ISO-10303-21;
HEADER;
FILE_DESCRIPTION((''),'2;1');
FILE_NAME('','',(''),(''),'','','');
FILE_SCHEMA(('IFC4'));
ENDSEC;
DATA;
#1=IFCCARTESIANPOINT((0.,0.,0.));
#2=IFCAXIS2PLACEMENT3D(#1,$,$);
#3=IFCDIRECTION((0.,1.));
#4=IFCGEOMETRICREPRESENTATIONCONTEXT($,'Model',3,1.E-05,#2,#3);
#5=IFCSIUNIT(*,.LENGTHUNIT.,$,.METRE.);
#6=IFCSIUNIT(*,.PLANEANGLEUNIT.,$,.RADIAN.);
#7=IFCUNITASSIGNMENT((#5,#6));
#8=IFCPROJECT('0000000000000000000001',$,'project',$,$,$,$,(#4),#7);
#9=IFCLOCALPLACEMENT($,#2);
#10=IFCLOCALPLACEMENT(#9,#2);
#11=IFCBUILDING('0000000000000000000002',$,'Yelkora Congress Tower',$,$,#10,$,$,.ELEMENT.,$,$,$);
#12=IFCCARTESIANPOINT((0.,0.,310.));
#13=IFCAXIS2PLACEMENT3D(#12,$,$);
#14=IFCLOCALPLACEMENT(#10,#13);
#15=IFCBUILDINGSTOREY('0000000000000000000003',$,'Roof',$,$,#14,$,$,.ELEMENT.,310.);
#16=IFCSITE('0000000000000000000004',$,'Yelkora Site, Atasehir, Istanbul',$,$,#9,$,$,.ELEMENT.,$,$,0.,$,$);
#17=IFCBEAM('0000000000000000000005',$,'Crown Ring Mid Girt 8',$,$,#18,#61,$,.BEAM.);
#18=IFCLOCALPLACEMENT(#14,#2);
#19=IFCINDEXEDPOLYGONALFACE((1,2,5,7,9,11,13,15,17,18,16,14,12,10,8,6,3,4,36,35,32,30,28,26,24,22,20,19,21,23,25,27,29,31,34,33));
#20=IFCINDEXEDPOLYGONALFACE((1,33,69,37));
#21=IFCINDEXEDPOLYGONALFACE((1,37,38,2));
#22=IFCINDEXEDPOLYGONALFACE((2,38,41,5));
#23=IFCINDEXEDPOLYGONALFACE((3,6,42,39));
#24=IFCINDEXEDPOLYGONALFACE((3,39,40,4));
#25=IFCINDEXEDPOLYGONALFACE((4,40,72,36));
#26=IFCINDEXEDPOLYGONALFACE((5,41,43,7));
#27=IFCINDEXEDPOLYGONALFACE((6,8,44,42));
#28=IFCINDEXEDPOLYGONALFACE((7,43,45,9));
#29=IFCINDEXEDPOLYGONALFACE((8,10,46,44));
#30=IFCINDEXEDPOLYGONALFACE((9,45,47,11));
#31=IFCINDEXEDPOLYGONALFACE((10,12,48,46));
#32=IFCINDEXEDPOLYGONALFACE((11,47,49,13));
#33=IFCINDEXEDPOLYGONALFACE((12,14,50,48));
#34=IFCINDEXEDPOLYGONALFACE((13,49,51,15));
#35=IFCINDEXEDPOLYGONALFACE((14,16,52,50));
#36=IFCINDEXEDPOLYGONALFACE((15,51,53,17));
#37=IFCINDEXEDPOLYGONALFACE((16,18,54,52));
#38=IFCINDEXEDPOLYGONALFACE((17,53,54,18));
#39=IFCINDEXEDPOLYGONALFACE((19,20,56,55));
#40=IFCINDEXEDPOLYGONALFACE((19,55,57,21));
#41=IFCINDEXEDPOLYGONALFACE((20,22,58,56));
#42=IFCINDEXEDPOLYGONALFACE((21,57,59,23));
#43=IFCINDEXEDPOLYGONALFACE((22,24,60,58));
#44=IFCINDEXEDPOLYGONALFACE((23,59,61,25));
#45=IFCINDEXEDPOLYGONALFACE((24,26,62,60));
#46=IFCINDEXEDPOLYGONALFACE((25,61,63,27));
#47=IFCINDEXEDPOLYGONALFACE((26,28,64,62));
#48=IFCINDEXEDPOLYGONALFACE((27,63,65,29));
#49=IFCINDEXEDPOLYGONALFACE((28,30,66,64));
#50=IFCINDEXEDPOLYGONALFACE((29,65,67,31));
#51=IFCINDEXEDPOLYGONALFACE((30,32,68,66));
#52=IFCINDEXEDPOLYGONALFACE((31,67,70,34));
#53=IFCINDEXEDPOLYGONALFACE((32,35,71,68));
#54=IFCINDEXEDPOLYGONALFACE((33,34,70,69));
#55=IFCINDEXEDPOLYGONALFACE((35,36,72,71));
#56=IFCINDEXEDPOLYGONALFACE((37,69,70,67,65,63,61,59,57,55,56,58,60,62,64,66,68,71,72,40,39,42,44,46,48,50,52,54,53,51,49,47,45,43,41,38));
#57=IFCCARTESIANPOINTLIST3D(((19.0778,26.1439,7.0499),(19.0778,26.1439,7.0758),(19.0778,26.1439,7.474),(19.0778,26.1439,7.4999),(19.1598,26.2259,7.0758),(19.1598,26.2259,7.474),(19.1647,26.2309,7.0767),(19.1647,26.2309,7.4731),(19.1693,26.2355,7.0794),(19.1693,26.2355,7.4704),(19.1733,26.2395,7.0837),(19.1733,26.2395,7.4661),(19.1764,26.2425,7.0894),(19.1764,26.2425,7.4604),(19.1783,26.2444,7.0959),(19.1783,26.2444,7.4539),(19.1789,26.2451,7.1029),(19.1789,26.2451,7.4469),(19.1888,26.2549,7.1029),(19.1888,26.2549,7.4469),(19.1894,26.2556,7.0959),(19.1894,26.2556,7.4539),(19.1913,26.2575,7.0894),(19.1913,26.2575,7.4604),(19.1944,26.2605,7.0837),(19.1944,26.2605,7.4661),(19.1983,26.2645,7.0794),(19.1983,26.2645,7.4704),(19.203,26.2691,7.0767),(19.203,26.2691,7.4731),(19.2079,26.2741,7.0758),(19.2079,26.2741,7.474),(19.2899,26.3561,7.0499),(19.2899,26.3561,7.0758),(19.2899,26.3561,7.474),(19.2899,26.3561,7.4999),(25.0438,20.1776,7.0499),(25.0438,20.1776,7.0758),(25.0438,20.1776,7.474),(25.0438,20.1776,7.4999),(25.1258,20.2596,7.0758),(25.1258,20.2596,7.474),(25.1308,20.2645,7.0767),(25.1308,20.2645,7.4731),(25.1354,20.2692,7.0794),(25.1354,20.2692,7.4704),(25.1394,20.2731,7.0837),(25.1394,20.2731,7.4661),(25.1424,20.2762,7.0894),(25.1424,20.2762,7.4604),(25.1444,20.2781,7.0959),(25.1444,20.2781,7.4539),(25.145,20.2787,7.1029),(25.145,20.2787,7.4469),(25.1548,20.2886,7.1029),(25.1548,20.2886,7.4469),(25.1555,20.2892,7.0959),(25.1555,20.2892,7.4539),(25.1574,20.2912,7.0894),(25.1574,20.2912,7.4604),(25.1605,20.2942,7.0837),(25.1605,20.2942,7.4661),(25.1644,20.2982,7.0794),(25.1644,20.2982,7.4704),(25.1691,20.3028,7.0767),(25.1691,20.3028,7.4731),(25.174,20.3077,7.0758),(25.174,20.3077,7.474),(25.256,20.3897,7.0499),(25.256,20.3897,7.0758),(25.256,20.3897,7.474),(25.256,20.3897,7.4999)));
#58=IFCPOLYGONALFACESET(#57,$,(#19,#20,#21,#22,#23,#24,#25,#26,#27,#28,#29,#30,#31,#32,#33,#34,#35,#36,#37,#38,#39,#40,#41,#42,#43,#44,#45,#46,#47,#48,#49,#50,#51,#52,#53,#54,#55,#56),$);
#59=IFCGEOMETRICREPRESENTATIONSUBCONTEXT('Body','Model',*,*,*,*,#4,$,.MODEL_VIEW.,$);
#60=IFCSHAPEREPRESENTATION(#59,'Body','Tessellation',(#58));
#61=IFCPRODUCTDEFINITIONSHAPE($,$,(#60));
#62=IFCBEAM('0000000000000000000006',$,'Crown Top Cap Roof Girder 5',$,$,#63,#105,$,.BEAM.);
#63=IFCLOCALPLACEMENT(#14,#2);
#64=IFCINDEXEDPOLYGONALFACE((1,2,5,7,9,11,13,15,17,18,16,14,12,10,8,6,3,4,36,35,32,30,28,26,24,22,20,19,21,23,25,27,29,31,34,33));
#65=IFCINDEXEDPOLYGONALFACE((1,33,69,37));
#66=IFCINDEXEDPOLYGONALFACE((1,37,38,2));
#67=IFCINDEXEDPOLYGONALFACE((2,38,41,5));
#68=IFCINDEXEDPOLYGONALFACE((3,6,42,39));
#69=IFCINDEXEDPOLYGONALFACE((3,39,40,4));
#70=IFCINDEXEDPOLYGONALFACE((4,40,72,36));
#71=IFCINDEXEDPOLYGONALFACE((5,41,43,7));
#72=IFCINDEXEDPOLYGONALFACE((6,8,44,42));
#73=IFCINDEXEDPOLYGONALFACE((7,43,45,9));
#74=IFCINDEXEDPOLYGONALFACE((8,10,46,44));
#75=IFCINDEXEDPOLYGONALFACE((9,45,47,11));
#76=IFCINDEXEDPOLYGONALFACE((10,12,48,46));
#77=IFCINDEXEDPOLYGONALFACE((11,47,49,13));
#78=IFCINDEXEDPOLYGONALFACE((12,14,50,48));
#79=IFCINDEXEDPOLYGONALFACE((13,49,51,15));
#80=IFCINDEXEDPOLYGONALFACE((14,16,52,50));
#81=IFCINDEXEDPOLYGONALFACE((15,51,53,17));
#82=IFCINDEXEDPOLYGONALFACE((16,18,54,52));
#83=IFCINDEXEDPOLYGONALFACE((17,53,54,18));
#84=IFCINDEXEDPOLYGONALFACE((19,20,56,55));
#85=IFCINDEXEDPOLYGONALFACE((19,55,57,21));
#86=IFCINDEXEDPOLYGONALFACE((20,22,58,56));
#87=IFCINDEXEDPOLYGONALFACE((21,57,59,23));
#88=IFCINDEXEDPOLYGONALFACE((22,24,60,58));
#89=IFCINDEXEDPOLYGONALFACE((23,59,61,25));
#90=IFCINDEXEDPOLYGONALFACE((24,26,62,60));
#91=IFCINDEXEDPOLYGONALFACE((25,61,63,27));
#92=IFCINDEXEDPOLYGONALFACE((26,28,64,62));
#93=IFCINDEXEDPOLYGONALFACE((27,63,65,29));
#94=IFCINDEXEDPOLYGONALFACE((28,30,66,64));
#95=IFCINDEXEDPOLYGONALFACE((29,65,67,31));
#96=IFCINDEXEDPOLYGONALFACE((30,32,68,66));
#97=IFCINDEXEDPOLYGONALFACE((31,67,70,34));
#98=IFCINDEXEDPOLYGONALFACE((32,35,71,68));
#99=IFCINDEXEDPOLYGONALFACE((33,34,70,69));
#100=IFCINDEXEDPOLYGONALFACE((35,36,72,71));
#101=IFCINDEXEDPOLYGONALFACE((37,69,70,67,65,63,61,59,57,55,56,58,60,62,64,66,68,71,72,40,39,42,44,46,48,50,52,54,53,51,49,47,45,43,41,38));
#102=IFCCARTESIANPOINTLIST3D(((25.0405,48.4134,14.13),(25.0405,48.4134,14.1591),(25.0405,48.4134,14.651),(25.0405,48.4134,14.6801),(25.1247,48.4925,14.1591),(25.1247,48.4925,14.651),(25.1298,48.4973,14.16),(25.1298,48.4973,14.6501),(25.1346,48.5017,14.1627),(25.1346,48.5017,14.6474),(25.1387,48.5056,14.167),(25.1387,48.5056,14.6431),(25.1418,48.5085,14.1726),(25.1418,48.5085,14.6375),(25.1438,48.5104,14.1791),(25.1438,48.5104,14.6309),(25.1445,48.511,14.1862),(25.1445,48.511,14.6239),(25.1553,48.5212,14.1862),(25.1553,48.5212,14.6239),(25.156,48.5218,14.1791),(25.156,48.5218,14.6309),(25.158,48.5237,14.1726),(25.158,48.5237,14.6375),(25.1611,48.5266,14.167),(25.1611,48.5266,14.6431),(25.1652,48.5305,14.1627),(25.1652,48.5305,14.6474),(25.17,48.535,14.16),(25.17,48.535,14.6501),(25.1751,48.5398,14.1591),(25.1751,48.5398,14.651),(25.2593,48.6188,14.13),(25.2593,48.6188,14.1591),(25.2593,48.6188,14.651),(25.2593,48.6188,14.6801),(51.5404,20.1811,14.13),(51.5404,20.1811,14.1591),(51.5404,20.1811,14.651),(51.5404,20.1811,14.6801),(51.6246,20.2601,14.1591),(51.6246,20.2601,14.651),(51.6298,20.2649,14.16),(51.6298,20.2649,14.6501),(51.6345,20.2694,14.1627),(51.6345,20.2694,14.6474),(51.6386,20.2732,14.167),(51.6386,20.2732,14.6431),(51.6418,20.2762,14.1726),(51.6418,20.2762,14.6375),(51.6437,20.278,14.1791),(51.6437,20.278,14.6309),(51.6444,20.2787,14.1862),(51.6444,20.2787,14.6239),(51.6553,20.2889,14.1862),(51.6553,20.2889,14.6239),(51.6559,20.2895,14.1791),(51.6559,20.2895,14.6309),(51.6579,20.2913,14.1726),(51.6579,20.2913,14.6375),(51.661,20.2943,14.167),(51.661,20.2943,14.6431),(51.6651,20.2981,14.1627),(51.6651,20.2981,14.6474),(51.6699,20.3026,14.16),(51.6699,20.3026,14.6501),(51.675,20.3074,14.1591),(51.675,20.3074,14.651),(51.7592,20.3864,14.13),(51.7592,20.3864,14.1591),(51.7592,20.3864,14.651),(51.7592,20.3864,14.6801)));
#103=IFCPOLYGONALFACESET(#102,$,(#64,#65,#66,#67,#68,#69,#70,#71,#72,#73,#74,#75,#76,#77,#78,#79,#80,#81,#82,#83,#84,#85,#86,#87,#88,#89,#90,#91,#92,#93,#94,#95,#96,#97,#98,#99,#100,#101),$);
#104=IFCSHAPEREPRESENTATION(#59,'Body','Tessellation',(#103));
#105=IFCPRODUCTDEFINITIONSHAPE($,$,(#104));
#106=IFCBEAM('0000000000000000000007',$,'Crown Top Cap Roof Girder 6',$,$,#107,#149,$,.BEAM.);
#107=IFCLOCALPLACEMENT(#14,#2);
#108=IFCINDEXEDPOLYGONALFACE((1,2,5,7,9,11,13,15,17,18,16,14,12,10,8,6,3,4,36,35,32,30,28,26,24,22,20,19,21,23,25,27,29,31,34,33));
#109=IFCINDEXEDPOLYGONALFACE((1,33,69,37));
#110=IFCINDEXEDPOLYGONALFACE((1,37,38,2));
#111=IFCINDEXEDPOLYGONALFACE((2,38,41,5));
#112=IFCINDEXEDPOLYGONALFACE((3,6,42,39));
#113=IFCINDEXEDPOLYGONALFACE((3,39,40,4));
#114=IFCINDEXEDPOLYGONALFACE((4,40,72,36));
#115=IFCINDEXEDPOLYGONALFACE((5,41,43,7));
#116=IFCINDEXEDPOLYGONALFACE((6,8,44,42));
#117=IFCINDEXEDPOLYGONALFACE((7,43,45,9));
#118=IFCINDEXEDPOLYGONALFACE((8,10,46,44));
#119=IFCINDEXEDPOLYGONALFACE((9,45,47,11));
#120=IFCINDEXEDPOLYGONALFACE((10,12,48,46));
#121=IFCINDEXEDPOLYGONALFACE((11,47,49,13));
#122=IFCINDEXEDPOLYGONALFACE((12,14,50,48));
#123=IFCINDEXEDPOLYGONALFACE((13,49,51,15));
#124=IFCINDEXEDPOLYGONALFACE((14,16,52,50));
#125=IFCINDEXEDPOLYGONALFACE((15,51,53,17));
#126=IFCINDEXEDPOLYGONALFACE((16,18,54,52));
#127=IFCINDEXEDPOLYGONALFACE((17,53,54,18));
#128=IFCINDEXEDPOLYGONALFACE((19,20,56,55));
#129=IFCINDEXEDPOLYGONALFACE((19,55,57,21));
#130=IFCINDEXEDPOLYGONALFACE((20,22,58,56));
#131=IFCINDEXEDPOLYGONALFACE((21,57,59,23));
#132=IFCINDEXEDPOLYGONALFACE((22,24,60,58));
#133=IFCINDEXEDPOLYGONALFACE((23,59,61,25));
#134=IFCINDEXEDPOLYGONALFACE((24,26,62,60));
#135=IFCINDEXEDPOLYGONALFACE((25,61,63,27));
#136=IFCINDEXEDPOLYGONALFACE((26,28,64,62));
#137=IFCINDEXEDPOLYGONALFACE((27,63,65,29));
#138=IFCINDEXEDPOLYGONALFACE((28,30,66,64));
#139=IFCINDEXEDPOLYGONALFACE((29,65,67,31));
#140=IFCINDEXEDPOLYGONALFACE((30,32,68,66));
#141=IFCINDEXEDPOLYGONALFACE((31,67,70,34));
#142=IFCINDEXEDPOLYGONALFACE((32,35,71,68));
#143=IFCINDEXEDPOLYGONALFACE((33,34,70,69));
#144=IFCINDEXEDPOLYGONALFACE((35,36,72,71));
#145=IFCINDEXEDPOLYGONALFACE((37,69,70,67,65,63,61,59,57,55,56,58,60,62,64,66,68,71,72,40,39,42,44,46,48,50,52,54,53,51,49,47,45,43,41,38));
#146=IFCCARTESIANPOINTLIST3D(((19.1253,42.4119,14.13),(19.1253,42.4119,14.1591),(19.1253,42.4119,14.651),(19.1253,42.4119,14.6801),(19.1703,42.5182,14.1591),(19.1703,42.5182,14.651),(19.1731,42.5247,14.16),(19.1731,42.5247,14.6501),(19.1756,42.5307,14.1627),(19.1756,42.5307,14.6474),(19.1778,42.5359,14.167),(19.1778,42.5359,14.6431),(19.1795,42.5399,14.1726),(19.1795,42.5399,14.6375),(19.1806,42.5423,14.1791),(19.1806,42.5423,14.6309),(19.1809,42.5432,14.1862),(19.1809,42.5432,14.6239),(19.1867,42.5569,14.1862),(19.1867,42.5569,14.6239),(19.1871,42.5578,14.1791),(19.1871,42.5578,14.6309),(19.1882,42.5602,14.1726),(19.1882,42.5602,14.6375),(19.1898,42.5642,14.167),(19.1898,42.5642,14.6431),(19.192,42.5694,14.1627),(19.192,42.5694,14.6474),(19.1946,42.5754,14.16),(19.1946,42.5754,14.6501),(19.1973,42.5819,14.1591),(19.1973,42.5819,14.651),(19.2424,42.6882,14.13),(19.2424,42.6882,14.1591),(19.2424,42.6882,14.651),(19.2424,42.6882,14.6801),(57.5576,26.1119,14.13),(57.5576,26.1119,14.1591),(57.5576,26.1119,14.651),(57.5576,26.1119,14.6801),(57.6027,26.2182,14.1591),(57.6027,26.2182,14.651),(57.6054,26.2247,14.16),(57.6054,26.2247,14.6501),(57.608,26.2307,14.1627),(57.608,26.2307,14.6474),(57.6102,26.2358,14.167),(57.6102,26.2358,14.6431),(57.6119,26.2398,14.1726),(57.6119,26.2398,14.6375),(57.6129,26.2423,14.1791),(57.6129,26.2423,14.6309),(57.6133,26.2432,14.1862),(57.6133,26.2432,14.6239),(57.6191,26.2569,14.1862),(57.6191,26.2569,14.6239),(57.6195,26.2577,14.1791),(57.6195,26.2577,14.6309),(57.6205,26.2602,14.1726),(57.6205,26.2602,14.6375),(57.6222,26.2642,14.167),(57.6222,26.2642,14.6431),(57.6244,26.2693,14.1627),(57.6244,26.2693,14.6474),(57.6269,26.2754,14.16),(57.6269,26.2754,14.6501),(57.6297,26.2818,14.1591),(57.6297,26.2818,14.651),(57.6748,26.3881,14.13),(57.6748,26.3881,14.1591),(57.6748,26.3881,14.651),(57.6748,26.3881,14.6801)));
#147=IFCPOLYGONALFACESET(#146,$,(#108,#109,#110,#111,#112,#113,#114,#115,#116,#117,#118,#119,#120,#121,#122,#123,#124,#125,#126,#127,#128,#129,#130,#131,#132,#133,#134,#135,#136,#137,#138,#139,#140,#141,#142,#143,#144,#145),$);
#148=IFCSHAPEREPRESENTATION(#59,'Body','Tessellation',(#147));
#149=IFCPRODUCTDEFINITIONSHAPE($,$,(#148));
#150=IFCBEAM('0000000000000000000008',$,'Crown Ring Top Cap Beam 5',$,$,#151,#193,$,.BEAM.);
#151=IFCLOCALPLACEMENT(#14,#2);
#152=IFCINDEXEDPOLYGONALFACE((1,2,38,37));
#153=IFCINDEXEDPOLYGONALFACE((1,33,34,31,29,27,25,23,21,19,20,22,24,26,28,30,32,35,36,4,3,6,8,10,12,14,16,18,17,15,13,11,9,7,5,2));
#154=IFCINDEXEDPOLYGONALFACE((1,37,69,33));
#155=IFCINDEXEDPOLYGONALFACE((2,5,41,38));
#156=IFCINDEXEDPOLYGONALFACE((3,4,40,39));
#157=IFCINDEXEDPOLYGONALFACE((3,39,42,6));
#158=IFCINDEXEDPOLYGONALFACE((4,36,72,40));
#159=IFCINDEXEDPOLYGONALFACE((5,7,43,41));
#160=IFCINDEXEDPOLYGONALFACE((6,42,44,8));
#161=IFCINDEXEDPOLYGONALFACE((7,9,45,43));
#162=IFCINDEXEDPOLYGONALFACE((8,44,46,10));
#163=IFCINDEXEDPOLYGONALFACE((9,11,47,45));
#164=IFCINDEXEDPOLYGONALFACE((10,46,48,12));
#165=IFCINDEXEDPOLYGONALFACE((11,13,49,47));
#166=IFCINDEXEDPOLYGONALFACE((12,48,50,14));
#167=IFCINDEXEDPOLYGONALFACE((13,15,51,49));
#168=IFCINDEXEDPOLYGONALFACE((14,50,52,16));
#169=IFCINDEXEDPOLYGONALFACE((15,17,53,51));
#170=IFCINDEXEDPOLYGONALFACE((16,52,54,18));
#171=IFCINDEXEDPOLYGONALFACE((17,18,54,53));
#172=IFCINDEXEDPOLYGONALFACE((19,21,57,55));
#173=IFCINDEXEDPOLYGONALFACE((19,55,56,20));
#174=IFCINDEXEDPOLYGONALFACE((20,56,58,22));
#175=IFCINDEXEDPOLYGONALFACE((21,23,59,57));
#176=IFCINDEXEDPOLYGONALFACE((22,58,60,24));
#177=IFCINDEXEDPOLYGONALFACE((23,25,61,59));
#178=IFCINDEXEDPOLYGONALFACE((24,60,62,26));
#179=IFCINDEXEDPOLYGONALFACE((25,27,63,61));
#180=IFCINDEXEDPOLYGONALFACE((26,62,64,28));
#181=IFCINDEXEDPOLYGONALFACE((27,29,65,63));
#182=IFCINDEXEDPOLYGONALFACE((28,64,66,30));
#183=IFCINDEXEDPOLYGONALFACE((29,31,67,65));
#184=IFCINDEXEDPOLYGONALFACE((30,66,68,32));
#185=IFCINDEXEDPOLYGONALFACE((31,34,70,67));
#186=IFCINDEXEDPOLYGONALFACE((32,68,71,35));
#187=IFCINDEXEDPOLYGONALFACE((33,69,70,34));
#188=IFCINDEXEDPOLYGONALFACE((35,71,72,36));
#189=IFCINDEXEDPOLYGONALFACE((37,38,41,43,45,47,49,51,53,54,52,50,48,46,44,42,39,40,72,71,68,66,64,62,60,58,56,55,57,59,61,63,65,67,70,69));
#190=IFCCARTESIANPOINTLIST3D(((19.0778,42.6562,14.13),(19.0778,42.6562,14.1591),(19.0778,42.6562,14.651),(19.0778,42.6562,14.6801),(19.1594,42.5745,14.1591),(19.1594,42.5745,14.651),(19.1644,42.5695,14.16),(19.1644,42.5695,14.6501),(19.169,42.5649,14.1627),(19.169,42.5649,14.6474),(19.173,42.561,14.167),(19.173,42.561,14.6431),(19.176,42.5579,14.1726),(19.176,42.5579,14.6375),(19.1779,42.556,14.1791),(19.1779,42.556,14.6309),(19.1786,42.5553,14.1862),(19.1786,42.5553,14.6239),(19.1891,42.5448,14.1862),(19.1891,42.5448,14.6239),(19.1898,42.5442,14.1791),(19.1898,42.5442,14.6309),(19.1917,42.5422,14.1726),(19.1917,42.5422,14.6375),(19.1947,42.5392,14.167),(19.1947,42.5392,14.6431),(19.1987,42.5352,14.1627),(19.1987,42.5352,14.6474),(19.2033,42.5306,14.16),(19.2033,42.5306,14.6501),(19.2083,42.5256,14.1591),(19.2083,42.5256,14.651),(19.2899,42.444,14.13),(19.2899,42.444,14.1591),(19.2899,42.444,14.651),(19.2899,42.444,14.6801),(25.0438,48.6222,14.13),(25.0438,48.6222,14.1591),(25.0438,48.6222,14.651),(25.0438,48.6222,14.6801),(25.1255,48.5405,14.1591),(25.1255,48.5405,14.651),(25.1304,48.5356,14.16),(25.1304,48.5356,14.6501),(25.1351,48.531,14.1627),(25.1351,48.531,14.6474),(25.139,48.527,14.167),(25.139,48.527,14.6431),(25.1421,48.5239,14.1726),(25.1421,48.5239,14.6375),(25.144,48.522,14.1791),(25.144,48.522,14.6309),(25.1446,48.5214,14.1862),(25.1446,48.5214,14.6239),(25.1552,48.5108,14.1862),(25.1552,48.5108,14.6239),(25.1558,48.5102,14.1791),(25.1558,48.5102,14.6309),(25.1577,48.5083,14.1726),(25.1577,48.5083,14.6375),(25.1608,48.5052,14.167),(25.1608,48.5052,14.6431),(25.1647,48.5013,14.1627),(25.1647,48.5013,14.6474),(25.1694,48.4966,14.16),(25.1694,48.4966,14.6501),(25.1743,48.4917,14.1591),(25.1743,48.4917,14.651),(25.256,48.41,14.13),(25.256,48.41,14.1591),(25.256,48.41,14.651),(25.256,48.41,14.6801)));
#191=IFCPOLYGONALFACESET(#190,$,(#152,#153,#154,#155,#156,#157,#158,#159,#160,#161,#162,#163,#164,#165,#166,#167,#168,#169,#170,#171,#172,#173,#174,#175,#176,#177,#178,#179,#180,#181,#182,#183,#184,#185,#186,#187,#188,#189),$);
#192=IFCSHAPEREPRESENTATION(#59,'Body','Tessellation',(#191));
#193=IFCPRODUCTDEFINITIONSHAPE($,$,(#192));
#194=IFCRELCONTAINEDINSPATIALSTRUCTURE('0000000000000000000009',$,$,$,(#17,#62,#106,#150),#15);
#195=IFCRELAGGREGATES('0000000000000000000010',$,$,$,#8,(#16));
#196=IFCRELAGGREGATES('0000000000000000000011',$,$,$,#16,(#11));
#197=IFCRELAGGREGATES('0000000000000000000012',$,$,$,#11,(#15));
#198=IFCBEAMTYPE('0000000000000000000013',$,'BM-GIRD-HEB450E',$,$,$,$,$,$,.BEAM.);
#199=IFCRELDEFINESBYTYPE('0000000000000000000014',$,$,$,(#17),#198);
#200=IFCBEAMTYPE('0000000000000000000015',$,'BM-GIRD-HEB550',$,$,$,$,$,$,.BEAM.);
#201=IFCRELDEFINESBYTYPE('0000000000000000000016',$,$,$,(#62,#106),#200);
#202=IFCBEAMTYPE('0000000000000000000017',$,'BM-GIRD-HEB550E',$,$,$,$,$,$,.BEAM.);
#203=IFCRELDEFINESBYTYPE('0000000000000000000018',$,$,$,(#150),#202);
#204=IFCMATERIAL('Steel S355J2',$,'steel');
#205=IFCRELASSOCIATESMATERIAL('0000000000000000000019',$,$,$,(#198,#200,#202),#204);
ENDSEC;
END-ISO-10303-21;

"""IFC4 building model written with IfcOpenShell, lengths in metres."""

from ifc_helpers import new_model, si_unit, direction, frame, origin, origin_2d, place, context, subcontext, project, spatial, i_section, extrude, material, material_profile, profile_set, type_object, element, save


model = new_model("IFC4")

# Units and contexts
model_context = context("Model", 3, precision=1e-05, world=origin(), true_north=direction((0.0, 1.0)))
body_context = subcontext(model_context, "Body", "Model", "MODEL_VIEW")
ifc_project = project(units=[si_unit("LENGTHUNIT", "METRE"), si_unit("PLANEANGLEUNIT", "RADIAN")], contexts=[model_context])

# Site, building, storey
site_placement = place(None, origin())
site = spatial("IfcSite", under=ifc_project, at=site_placement, Name="Yelkora Site, Atasehir, Istanbul", CompositionType="ELEMENT", RefElevation=0.0)
building_placement = place(site_placement, origin())
building = spatial("IfcBuilding", under=site, at=building_placement, Name="Yelkora Congress Tower", CompositionType="ELEMENT")
storey_placement = place(building_placement, frame((0.0, 0.0, 310.0)))
storey = spatial("IfcBuildingStorey", under=building, at=storey_placement, Name="Roof", CompositionType="ELEMENT", Elevation=310.0)

# Shared definitions
ifc_material_1 = material(Name="Steel S355J2", Category="steel")

# Beams
ifc_material_profile_1 = material_profile(ifc_material_1, i_section(OverallWidth=0.3, OverallDepth=0.45, WebThickness=0.0139, FlangeThickness=0.0259, FilletRadius=0.0271, at=origin_2d()), Name="HEB 450")
ifc_profile_set_1 = profile_set([ifc_material_profile_1], Name="Steel S355J2")
beam_type_1 = type_object("IfcBeamType", Name="BM-GIRD-HEB450E", PredefinedType="BEAM", material=ifc_profile_set_1)
for number, where, z_axis, x_axis, name in (
    (1, (19.1838, 26.25, 7.2749), (0.707092, -0.707121, 0.0), (0.707121, 0.707092, 0.0), "Crown Ring Mid Girt 8"),
):
    element("IfcBeam", number, at=place(storey_placement, frame(where, z_axis=z_axis, x_axis=x_axis)), inside=storey, type_object=beam_type_1, Name=name, PredefinedType="BEAM", context=body_context, shape_type="SweptSolid", body=[
        extrude(i_section(OverallWidth=0.3, OverallDepth=0.45, WebThickness=0.0139, FlangeThickness=0.0259, FilletRadius=0.0271, at=origin_2d()), origin(), (0.0, 0.0, 1.0), 8.4375),
    ])
ifc_material_profile_2 = material_profile(ifc_material_1, i_section(OverallWidth=0.3, OverallDepth=0.55, WebThickness=0.0149, FlangeThickness=0.0291, FilletRadius=0.0271, at=origin_2d()), Name="HEB 550")
ifc_profile_set_2 = profile_set([ifc_material_profile_2], Name="Steel S355J2")
beam_type_2 = type_object("IfcBeamType", Name="BM-GIRD-HEB550", PredefinedType="BEAM", material=ifc_profile_set_2)
beam_1_placement = place(storey_placement, frame((25.1499, 48.5161, 14.405), z_axis=(0.684382, -0.729123, 0.0), x_axis=(0.729123, 0.684382, 0.0)))
element("IfcBeam", 2, at=beam_1_placement, inside=storey, type_object=beam_type_2, Name="Crown Top Cap Roof Girder 5", PredefinedType="BEAM", context=body_context, shape_type="SweptSolid", body=[
    extrude(i_section(OverallWidth=0.3, OverallDepth=0.55, WebThickness=0.0149, FlangeThickness=0.0291, FilletRadius=0.0271, at=origin_2d()), origin(), (0.0, 0.0, 1.0), 38.7209),
])
beam_2_placement = place(storey_placement, frame((19.1838, 42.55, 14.405), z_axis=(0.920621, -0.390457, 0.0), x_axis=(0.390457, 0.920621, 0.0)))
element("IfcBeam", 3, at=beam_2_placement, inside=storey, type_object=beam_type_2, Name="Crown Top Cap Roof Girder 6", PredefinedType="BEAM", context=body_context, shape_type="SweptSolid", body=[
    extrude(i_section(OverallWidth=0.3, OverallDepth=0.55, WebThickness=0.0149, FlangeThickness=0.0291, FilletRadius=0.0271, at=origin_2d()), origin(), (0.0, 0.0, 1.0), 41.7461),
])
ifc_material_profile_3 = material_profile(ifc_material_1, i_section(OverallWidth=0.3, OverallDepth=0.55, WebThickness=0.0149, FlangeThickness=0.0291, FilletRadius=0.0271, at=origin_2d()), Name="HEB 550")
ifc_profile_set_3 = profile_set([ifc_material_profile_3], Name="Steel S355J2")
beam_type_3 = type_object("IfcBeamType", Name="BM-GIRD-HEB550E", PredefinedType="BEAM", material=ifc_profile_set_3)
beam_3_placement = place(storey_placement, frame((25.1499, 48.5161, 14.405), z_axis=(-0.707107, -0.707107, 0.0), x_axis=(0.707107, -0.707107, 0.0)))
element("IfcBeam", 4, at=beam_3_placement, inside=storey, type_object=beam_type_3, Name="Crown Ring Top Cap Beam 5", PredefinedType="BEAM", context=body_context, shape_type="SweptSolid", body=[
    extrude(i_section(OverallWidth=0.3, OverallDepth=0.55, WebThickness=0.0149, FlangeThickness=0.0291, FilletRadius=0.0271, at=origin_2d()), origin(), (0.0, 0.0, 1.0), 8.4373),
])

save(model, "model.ifc")
